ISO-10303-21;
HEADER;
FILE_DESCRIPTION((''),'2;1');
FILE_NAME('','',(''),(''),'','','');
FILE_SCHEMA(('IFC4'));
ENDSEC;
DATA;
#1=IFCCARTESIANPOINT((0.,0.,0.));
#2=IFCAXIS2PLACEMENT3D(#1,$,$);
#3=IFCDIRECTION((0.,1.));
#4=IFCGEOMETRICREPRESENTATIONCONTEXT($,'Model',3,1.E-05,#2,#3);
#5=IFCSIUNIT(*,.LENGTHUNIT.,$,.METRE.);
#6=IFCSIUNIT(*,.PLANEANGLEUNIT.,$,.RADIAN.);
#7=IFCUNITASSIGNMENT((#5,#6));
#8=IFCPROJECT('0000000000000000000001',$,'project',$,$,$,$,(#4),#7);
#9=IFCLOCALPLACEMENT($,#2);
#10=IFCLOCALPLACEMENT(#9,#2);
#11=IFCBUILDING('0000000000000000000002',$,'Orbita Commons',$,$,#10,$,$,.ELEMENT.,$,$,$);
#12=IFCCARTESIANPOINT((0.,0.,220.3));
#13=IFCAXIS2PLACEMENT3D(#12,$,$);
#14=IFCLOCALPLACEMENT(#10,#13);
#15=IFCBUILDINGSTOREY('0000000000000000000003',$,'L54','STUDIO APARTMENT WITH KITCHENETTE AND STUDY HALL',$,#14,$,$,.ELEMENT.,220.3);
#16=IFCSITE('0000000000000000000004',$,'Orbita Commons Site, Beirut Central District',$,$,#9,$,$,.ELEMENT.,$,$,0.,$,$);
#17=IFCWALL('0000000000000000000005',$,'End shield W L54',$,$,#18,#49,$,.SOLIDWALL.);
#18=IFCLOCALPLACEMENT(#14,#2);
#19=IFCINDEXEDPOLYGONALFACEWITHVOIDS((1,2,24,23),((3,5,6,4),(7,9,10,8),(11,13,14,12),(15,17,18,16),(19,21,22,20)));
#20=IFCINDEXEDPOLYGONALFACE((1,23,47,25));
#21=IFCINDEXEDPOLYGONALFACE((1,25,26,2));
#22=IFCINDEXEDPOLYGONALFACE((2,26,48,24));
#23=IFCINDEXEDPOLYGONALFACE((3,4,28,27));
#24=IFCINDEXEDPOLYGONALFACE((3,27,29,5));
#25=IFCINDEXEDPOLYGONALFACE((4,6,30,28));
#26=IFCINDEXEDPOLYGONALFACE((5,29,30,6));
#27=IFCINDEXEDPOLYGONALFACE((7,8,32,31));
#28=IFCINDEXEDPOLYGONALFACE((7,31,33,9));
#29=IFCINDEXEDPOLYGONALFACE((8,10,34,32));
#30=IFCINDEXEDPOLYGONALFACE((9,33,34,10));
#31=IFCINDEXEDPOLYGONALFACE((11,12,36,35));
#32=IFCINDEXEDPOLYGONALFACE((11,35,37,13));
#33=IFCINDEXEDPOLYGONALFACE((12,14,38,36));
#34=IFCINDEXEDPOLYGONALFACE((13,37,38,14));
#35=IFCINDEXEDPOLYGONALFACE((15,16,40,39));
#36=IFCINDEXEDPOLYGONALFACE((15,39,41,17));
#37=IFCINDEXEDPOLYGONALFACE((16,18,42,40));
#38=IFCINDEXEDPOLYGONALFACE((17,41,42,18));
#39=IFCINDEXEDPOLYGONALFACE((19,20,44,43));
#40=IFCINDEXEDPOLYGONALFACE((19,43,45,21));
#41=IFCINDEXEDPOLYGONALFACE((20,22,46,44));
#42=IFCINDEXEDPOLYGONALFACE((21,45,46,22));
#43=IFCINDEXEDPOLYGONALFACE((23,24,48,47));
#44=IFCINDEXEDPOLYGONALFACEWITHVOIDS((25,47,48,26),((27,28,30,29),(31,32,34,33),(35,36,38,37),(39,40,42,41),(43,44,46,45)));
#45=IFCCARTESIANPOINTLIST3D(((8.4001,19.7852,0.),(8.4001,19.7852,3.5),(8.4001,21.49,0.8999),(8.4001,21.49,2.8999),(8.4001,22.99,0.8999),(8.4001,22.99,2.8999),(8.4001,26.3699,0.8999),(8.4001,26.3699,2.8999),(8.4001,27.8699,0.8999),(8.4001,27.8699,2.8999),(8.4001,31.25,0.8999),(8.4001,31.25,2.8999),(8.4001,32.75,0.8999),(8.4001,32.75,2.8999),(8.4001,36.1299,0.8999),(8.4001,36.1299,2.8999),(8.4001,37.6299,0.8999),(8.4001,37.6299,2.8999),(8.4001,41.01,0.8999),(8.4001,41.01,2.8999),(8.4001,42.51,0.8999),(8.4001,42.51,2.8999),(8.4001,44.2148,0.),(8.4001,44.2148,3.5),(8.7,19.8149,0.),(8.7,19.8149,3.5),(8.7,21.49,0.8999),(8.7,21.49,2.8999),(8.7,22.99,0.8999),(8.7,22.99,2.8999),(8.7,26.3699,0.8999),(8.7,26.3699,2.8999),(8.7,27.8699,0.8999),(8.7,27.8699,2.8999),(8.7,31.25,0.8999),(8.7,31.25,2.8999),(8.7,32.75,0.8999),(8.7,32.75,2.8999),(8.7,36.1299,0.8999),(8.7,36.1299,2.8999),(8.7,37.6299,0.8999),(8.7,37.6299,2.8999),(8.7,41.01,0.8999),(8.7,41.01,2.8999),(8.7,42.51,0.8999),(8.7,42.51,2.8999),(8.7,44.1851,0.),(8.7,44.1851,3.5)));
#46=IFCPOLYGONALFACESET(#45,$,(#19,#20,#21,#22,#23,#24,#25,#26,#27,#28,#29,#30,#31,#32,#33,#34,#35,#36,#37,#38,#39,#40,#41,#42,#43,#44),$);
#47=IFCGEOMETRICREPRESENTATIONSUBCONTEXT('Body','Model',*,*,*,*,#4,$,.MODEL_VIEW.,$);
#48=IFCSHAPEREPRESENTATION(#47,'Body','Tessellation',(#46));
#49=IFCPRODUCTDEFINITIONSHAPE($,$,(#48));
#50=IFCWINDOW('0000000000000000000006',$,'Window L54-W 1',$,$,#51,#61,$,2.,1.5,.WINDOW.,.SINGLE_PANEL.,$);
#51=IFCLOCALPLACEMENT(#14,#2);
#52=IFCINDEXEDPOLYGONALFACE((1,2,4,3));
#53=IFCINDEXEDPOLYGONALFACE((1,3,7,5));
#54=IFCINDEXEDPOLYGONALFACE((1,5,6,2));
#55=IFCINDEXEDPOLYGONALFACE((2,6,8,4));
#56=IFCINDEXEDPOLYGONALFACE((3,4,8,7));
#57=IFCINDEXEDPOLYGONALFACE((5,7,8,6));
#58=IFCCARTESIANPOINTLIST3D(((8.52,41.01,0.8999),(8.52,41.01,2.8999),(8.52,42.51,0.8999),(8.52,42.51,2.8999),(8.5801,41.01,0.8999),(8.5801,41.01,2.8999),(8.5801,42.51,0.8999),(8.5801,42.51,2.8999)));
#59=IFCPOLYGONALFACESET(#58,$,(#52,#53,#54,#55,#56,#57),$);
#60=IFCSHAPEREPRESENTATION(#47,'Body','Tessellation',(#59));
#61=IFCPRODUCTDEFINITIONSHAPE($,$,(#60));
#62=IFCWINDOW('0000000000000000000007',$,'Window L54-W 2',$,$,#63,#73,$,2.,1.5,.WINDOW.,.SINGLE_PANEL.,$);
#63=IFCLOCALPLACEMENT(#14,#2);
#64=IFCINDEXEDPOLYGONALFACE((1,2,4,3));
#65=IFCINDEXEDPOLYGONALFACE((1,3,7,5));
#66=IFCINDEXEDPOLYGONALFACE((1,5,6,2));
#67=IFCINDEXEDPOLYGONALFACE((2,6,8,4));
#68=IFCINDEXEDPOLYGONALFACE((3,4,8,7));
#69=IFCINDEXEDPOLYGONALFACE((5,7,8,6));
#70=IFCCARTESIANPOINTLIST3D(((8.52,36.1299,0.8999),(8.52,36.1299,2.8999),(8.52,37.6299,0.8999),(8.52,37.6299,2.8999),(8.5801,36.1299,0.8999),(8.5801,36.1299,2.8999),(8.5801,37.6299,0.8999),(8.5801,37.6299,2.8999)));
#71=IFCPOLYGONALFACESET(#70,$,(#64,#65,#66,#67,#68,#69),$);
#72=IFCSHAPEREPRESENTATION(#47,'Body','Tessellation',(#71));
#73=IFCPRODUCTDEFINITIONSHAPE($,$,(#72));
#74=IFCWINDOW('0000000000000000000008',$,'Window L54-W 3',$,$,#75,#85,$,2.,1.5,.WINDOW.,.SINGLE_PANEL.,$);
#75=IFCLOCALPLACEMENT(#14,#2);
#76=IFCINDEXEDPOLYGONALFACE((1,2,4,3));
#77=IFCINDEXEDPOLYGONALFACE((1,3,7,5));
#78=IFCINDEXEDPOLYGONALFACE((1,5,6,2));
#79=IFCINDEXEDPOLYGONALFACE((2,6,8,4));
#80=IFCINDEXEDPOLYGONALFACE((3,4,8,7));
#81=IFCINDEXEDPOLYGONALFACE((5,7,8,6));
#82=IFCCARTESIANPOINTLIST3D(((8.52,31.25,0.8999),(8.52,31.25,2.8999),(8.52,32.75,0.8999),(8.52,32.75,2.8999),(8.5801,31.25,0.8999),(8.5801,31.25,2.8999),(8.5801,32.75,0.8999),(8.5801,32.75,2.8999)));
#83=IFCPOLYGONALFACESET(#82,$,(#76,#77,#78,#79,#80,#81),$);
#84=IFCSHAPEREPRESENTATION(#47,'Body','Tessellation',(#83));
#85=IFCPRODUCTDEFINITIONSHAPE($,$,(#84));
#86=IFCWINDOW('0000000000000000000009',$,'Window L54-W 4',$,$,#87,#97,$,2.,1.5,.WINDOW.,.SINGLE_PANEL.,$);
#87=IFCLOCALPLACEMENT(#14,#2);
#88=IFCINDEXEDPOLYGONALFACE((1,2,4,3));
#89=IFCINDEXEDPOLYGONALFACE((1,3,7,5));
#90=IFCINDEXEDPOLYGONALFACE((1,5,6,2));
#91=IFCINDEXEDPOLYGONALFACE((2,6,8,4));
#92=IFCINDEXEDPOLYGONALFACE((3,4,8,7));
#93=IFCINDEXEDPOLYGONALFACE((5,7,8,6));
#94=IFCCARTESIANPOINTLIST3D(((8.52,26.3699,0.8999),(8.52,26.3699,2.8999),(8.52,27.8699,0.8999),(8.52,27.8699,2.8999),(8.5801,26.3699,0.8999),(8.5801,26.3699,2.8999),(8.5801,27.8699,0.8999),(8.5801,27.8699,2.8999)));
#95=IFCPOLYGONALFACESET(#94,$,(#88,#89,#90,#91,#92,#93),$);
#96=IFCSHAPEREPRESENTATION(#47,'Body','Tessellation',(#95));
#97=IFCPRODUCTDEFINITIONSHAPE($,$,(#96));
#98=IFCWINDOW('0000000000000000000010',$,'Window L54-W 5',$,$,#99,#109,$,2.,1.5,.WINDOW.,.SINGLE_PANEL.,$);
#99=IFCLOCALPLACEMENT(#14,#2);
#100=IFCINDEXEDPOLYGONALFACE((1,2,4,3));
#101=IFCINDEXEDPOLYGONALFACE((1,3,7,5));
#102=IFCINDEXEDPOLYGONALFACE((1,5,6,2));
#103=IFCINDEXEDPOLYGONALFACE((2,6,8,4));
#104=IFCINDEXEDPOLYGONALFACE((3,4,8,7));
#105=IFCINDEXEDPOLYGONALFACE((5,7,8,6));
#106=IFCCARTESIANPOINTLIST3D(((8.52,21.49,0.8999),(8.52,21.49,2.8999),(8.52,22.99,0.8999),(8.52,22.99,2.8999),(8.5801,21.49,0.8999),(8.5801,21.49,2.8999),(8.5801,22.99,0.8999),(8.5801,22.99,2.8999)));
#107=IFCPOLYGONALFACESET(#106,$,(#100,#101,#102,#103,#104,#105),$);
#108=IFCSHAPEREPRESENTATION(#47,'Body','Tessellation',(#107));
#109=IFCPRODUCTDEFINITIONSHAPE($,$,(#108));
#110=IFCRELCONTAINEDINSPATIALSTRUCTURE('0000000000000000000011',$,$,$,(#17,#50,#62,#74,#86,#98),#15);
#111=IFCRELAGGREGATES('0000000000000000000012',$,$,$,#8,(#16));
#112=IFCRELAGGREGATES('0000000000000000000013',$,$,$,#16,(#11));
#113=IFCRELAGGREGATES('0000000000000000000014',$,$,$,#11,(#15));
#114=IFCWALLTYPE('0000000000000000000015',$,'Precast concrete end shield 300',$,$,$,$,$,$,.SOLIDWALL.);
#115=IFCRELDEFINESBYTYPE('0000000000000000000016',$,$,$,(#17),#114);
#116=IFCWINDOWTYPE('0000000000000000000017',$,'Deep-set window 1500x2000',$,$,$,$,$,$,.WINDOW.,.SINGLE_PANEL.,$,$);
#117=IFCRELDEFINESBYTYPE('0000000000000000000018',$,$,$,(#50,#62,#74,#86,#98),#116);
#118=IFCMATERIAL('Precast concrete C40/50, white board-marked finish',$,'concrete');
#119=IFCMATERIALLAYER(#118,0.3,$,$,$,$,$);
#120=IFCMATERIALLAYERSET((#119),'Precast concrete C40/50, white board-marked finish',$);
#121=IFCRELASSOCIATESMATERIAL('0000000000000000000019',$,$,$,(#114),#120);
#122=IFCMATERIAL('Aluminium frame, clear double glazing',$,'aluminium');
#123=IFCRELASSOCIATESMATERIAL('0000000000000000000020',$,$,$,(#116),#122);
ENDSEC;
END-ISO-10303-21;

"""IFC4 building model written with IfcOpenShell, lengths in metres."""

from ifc_helpers import new_model, si_unit, direction, frame, frame_2d, origin, place, context, subcontext, project, spatial, polyline, rectangle, outline, extrude, material, layer, layer_set, type_object, element, fill, save


model = new_model("IFC4")

# Units and contexts
model_context = context("Model", 3, precision=1e-05, world=origin(), true_north=direction((0.0, 1.0)))
body_context = subcontext(model_context, "Body", "Model", "MODEL_VIEW")
ifc_project = project(units=[si_unit("LENGTHUNIT", "METRE"), si_unit("PLANEANGLEUNIT", "RADIAN")], contexts=[model_context])

# Site, building, storey
site_placement = place(None, origin())
site = spatial("IfcSite", under=ifc_project, at=site_placement, Name="Orbita Commons Site, Beirut Central District", CompositionType="ELEMENT", RefElevation=0.0)
building_placement = place(site_placement, origin())
building = spatial("IfcBuilding", under=site, at=building_placement, Name="Orbita Commons", CompositionType="ELEMENT")
storey_placement = place(building_placement, frame((0.0, 0.0, 220.3)))
storey = spatial("IfcBuildingStorey", under=building, at=storey_placement, Name="L54", Description="STUDIO APARTMENT WITH KITCHENETTE AND STUDY HALL", CompositionType="ELEMENT", Elevation=220.3)

# Wall, openings, windows
ifc_material_1 = material(Name="Precast concrete C40/50, white board-marked finish", Category="concrete")
ifc_layer_1 = layer(ifc_material_1, 0.3)
ifc_layer_set_1 = layer_set([ifc_layer_1], Name="Precast concrete C40/50, white board-marked finish")
wall_type_1 = type_object("IfcWallType", Name="Precast concrete end shield 300", PredefinedType="SOLIDWALL", material=ifc_layer_set_1)
wall_1_placement = place(storey_placement, frame((8.55, 44.2, 0.0), z_axis=(0.0, 0.0, 1.0), x_axis=(0.0, -1.0, 0.0)))
wall_1 = element("IfcWall", 1, at=wall_1_placement, inside=storey, type_object=wall_type_1, Name="End shield W L54", PredefinedType="SOLIDWALL", context=body_context, shape_type="SweptSolid", body=[
    extrude(outline(polyline([(-0.0149, -0.1499), (24.4148, -0.1499), (24.385, 0.1499), (0.0149, 0.1499), (-0.0149, -0.1499)])), origin(), (0.0, 0.0, 1.0), 3.5),
])
opening_1_placement = place(wall_1_placement, frame((1.6899, 0.0, 0.8999)))
opening_1 = element("IfcOpeningElement", 2, at=opening_1_placement, cuts=wall_1, PredefinedType="OPENING", context=body_context, shape_type="SweptSolid", body=[
    extrude(rectangle(XDim=1.5, YDim=2.0, at=frame_2d((0.75, 1.0))), frame((0.0, 0.1599, 0.0), z_axis=(0.0, -1.0, 0.0), x_axis=(1.0, 0.0, 0.0)), (0.0, 0.0, 1.0), 0.3201),
])
opening_2_placement = place(wall_1_placement, frame((6.5701, 0.0, 0.8999)))
opening_2 = element("IfcOpeningElement", 3, at=opening_2_placement, cuts=wall_1, PredefinedType="OPENING", context=body_context, shape_type="SweptSolid", body=[
    extrude(rectangle(XDim=1.5, YDim=2.0, at=frame_2d((0.75, 1.0))), frame((0.0, 0.1599, 0.0), z_axis=(0.0, -1.0, 0.0), x_axis=(1.0, 0.0, 0.0)), (0.0, 0.0, 1.0), 0.3201),
])
opening_3_placement = place(wall_1_placement, frame((11.45, 0.0, 0.8999)))
opening_3 = element("IfcOpeningElement", 4, at=opening_3_placement, cuts=wall_1, PredefinedType="OPENING", context=body_context, shape_type="SweptSolid", body=[
    extrude(rectangle(XDim=1.5, YDim=2.0, at=frame_2d((0.75, 1.0))), frame((0.0, 0.1599, 0.0), z_axis=(0.0, -1.0, 0.0), x_axis=(1.0, 0.0, 0.0)), (0.0, 0.0, 1.0), 0.3201),
])
opening_4_placement = place(wall_1_placement, frame((16.3301, 0.0, 0.8999)))
opening_4 = element("IfcOpeningElement", 5, at=opening_4_placement, cuts=wall_1, PredefinedType="OPENING", context=body_context, shape_type="SweptSolid", body=[
    extrude(rectangle(XDim=1.5, YDim=2.0, at=frame_2d((0.75, 1.0))), frame((0.0, 0.1599, 0.0), z_axis=(0.0, -1.0, 0.0), x_axis=(1.0, 0.0, 0.0)), (0.0, 0.0, 1.0), 0.3201),
])
opening_5_placement = place(wall_1_placement, frame((21.21, 0.0, 0.8999)))
opening_5 = element("IfcOpeningElement", 6, at=opening_5_placement, cuts=wall_1, PredefinedType="OPENING", context=body_context, shape_type="SweptSolid", body=[
    extrude(rectangle(XDim=1.5, YDim=2.0, at=frame_2d((0.75, 1.0))), frame((0.0, 0.1599, 0.0), z_axis=(0.0, -1.0, 0.0), x_axis=(1.0, 0.0, 0.0)), (0.0, 0.0, 1.0), 0.3201),
])
ifc_material_2 = material(Name="Aluminium frame, clear double glazing", Category="aluminium")
window_type = type_object("IfcWindowType", Name="Deep-set window 1500x2000", PartitioningType="SINGLE_PANEL", PredefinedType="WINDOW", material=ifc_material_2)
window_1_placement = place(opening_1_placement, origin())
window_1 = element("IfcWindow", 7, at=window_1_placement, inside=storey, type_object=window_type, Name="Window L54-W 1", OverallHeight=2.0, OverallWidth=1.5, PartitioningType="SINGLE_PANEL", PredefinedType="WINDOW", context=body_context, shape_type="SweptSolid", body=[
    extrude(rectangle(XDim=1.5, YDim=2.0, at=frame_2d((0.75, 1.0))), frame((0.0, 0.03, 0.0), z_axis=(0.0, -1.0, 0.0), x_axis=(1.0, 0.0, 0.0)), (0.0, 0.0, 1.0), 0.0601),
])
fill(opening_1, window_1)
window_2_placement = place(opening_2_placement, origin())
window_2 = element("IfcWindow", 8, at=window_2_placement, inside=storey, type_object=window_type, Name="Window L54-W 2", OverallHeight=2.0, OverallWidth=1.5, PartitioningType="SINGLE_PANEL", PredefinedType="WINDOW", context=body_context, shape_type="SweptSolid", body=[
    extrude(rectangle(XDim=1.5, YDim=2.0, at=frame_2d((0.75, 1.0))), frame((0.0, 0.03, 0.0), z_axis=(0.0, -1.0, 0.0), x_axis=(1.0, 0.0, 0.0)), (0.0, 0.0, 1.0), 0.0601),
])
fill(opening_2, window_2)
window_3_placement = place(opening_3_placement, origin())
window_3 = element("IfcWindow", 9, at=window_3_placement, inside=storey, type_object=window_type, Name="Window L54-W 3", OverallHeight=2.0, OverallWidth=1.5, PartitioningType="SINGLE_PANEL", PredefinedType="WINDOW", context=body_context, shape_type="SweptSolid", body=[
    extrude(rectangle(XDim=1.5, YDim=2.0, at=frame_2d((0.75, 1.0))), frame((0.0, 0.03, 0.0), z_axis=(0.0, -1.0, 0.0), x_axis=(1.0, 0.0, 0.0)), (0.0, 0.0, 1.0), 0.0601),
])
fill(opening_3, window_3)
window_4_placement = place(opening_4_placement, origin())
window_4 = element("IfcWindow", 10, at=window_4_placement, inside=storey, type_object=window_type, Name="Window L54-W 4", OverallHeight=2.0, OverallWidth=1.5, PartitioningType="SINGLE_PANEL", PredefinedType="WINDOW", context=body_context, shape_type="SweptSolid", body=[
    extrude(rectangle(XDim=1.5, YDim=2.0, at=frame_2d((0.75, 1.0))), frame((0.0, 0.03, 0.0), z_axis=(0.0, -1.0, 0.0), x_axis=(1.0, 0.0, 0.0)), (0.0, 0.0, 1.0), 0.0601),
])
fill(opening_4, window_4)
window_5_placement = place(opening_5_placement, origin())
window_5 = element("IfcWindow", 11, at=window_5_placement, inside=storey, type_object=window_type, Name="Window L54-W 5", OverallHeight=2.0, OverallWidth=1.5, PartitioningType="SINGLE_PANEL", PredefinedType="WINDOW", context=body_context, shape_type="SweptSolid", body=[
    extrude(rectangle(XDim=1.5, YDim=2.0, at=frame_2d((0.75, 1.0))), frame((0.0, 0.03, 0.0), z_axis=(0.0, -1.0, 0.0), x_axis=(1.0, 0.0, 0.0)), (0.0, 0.0, 1.0), 0.0601),
])
fill(opening_5, window_5)

save(model, "model.ifc")
